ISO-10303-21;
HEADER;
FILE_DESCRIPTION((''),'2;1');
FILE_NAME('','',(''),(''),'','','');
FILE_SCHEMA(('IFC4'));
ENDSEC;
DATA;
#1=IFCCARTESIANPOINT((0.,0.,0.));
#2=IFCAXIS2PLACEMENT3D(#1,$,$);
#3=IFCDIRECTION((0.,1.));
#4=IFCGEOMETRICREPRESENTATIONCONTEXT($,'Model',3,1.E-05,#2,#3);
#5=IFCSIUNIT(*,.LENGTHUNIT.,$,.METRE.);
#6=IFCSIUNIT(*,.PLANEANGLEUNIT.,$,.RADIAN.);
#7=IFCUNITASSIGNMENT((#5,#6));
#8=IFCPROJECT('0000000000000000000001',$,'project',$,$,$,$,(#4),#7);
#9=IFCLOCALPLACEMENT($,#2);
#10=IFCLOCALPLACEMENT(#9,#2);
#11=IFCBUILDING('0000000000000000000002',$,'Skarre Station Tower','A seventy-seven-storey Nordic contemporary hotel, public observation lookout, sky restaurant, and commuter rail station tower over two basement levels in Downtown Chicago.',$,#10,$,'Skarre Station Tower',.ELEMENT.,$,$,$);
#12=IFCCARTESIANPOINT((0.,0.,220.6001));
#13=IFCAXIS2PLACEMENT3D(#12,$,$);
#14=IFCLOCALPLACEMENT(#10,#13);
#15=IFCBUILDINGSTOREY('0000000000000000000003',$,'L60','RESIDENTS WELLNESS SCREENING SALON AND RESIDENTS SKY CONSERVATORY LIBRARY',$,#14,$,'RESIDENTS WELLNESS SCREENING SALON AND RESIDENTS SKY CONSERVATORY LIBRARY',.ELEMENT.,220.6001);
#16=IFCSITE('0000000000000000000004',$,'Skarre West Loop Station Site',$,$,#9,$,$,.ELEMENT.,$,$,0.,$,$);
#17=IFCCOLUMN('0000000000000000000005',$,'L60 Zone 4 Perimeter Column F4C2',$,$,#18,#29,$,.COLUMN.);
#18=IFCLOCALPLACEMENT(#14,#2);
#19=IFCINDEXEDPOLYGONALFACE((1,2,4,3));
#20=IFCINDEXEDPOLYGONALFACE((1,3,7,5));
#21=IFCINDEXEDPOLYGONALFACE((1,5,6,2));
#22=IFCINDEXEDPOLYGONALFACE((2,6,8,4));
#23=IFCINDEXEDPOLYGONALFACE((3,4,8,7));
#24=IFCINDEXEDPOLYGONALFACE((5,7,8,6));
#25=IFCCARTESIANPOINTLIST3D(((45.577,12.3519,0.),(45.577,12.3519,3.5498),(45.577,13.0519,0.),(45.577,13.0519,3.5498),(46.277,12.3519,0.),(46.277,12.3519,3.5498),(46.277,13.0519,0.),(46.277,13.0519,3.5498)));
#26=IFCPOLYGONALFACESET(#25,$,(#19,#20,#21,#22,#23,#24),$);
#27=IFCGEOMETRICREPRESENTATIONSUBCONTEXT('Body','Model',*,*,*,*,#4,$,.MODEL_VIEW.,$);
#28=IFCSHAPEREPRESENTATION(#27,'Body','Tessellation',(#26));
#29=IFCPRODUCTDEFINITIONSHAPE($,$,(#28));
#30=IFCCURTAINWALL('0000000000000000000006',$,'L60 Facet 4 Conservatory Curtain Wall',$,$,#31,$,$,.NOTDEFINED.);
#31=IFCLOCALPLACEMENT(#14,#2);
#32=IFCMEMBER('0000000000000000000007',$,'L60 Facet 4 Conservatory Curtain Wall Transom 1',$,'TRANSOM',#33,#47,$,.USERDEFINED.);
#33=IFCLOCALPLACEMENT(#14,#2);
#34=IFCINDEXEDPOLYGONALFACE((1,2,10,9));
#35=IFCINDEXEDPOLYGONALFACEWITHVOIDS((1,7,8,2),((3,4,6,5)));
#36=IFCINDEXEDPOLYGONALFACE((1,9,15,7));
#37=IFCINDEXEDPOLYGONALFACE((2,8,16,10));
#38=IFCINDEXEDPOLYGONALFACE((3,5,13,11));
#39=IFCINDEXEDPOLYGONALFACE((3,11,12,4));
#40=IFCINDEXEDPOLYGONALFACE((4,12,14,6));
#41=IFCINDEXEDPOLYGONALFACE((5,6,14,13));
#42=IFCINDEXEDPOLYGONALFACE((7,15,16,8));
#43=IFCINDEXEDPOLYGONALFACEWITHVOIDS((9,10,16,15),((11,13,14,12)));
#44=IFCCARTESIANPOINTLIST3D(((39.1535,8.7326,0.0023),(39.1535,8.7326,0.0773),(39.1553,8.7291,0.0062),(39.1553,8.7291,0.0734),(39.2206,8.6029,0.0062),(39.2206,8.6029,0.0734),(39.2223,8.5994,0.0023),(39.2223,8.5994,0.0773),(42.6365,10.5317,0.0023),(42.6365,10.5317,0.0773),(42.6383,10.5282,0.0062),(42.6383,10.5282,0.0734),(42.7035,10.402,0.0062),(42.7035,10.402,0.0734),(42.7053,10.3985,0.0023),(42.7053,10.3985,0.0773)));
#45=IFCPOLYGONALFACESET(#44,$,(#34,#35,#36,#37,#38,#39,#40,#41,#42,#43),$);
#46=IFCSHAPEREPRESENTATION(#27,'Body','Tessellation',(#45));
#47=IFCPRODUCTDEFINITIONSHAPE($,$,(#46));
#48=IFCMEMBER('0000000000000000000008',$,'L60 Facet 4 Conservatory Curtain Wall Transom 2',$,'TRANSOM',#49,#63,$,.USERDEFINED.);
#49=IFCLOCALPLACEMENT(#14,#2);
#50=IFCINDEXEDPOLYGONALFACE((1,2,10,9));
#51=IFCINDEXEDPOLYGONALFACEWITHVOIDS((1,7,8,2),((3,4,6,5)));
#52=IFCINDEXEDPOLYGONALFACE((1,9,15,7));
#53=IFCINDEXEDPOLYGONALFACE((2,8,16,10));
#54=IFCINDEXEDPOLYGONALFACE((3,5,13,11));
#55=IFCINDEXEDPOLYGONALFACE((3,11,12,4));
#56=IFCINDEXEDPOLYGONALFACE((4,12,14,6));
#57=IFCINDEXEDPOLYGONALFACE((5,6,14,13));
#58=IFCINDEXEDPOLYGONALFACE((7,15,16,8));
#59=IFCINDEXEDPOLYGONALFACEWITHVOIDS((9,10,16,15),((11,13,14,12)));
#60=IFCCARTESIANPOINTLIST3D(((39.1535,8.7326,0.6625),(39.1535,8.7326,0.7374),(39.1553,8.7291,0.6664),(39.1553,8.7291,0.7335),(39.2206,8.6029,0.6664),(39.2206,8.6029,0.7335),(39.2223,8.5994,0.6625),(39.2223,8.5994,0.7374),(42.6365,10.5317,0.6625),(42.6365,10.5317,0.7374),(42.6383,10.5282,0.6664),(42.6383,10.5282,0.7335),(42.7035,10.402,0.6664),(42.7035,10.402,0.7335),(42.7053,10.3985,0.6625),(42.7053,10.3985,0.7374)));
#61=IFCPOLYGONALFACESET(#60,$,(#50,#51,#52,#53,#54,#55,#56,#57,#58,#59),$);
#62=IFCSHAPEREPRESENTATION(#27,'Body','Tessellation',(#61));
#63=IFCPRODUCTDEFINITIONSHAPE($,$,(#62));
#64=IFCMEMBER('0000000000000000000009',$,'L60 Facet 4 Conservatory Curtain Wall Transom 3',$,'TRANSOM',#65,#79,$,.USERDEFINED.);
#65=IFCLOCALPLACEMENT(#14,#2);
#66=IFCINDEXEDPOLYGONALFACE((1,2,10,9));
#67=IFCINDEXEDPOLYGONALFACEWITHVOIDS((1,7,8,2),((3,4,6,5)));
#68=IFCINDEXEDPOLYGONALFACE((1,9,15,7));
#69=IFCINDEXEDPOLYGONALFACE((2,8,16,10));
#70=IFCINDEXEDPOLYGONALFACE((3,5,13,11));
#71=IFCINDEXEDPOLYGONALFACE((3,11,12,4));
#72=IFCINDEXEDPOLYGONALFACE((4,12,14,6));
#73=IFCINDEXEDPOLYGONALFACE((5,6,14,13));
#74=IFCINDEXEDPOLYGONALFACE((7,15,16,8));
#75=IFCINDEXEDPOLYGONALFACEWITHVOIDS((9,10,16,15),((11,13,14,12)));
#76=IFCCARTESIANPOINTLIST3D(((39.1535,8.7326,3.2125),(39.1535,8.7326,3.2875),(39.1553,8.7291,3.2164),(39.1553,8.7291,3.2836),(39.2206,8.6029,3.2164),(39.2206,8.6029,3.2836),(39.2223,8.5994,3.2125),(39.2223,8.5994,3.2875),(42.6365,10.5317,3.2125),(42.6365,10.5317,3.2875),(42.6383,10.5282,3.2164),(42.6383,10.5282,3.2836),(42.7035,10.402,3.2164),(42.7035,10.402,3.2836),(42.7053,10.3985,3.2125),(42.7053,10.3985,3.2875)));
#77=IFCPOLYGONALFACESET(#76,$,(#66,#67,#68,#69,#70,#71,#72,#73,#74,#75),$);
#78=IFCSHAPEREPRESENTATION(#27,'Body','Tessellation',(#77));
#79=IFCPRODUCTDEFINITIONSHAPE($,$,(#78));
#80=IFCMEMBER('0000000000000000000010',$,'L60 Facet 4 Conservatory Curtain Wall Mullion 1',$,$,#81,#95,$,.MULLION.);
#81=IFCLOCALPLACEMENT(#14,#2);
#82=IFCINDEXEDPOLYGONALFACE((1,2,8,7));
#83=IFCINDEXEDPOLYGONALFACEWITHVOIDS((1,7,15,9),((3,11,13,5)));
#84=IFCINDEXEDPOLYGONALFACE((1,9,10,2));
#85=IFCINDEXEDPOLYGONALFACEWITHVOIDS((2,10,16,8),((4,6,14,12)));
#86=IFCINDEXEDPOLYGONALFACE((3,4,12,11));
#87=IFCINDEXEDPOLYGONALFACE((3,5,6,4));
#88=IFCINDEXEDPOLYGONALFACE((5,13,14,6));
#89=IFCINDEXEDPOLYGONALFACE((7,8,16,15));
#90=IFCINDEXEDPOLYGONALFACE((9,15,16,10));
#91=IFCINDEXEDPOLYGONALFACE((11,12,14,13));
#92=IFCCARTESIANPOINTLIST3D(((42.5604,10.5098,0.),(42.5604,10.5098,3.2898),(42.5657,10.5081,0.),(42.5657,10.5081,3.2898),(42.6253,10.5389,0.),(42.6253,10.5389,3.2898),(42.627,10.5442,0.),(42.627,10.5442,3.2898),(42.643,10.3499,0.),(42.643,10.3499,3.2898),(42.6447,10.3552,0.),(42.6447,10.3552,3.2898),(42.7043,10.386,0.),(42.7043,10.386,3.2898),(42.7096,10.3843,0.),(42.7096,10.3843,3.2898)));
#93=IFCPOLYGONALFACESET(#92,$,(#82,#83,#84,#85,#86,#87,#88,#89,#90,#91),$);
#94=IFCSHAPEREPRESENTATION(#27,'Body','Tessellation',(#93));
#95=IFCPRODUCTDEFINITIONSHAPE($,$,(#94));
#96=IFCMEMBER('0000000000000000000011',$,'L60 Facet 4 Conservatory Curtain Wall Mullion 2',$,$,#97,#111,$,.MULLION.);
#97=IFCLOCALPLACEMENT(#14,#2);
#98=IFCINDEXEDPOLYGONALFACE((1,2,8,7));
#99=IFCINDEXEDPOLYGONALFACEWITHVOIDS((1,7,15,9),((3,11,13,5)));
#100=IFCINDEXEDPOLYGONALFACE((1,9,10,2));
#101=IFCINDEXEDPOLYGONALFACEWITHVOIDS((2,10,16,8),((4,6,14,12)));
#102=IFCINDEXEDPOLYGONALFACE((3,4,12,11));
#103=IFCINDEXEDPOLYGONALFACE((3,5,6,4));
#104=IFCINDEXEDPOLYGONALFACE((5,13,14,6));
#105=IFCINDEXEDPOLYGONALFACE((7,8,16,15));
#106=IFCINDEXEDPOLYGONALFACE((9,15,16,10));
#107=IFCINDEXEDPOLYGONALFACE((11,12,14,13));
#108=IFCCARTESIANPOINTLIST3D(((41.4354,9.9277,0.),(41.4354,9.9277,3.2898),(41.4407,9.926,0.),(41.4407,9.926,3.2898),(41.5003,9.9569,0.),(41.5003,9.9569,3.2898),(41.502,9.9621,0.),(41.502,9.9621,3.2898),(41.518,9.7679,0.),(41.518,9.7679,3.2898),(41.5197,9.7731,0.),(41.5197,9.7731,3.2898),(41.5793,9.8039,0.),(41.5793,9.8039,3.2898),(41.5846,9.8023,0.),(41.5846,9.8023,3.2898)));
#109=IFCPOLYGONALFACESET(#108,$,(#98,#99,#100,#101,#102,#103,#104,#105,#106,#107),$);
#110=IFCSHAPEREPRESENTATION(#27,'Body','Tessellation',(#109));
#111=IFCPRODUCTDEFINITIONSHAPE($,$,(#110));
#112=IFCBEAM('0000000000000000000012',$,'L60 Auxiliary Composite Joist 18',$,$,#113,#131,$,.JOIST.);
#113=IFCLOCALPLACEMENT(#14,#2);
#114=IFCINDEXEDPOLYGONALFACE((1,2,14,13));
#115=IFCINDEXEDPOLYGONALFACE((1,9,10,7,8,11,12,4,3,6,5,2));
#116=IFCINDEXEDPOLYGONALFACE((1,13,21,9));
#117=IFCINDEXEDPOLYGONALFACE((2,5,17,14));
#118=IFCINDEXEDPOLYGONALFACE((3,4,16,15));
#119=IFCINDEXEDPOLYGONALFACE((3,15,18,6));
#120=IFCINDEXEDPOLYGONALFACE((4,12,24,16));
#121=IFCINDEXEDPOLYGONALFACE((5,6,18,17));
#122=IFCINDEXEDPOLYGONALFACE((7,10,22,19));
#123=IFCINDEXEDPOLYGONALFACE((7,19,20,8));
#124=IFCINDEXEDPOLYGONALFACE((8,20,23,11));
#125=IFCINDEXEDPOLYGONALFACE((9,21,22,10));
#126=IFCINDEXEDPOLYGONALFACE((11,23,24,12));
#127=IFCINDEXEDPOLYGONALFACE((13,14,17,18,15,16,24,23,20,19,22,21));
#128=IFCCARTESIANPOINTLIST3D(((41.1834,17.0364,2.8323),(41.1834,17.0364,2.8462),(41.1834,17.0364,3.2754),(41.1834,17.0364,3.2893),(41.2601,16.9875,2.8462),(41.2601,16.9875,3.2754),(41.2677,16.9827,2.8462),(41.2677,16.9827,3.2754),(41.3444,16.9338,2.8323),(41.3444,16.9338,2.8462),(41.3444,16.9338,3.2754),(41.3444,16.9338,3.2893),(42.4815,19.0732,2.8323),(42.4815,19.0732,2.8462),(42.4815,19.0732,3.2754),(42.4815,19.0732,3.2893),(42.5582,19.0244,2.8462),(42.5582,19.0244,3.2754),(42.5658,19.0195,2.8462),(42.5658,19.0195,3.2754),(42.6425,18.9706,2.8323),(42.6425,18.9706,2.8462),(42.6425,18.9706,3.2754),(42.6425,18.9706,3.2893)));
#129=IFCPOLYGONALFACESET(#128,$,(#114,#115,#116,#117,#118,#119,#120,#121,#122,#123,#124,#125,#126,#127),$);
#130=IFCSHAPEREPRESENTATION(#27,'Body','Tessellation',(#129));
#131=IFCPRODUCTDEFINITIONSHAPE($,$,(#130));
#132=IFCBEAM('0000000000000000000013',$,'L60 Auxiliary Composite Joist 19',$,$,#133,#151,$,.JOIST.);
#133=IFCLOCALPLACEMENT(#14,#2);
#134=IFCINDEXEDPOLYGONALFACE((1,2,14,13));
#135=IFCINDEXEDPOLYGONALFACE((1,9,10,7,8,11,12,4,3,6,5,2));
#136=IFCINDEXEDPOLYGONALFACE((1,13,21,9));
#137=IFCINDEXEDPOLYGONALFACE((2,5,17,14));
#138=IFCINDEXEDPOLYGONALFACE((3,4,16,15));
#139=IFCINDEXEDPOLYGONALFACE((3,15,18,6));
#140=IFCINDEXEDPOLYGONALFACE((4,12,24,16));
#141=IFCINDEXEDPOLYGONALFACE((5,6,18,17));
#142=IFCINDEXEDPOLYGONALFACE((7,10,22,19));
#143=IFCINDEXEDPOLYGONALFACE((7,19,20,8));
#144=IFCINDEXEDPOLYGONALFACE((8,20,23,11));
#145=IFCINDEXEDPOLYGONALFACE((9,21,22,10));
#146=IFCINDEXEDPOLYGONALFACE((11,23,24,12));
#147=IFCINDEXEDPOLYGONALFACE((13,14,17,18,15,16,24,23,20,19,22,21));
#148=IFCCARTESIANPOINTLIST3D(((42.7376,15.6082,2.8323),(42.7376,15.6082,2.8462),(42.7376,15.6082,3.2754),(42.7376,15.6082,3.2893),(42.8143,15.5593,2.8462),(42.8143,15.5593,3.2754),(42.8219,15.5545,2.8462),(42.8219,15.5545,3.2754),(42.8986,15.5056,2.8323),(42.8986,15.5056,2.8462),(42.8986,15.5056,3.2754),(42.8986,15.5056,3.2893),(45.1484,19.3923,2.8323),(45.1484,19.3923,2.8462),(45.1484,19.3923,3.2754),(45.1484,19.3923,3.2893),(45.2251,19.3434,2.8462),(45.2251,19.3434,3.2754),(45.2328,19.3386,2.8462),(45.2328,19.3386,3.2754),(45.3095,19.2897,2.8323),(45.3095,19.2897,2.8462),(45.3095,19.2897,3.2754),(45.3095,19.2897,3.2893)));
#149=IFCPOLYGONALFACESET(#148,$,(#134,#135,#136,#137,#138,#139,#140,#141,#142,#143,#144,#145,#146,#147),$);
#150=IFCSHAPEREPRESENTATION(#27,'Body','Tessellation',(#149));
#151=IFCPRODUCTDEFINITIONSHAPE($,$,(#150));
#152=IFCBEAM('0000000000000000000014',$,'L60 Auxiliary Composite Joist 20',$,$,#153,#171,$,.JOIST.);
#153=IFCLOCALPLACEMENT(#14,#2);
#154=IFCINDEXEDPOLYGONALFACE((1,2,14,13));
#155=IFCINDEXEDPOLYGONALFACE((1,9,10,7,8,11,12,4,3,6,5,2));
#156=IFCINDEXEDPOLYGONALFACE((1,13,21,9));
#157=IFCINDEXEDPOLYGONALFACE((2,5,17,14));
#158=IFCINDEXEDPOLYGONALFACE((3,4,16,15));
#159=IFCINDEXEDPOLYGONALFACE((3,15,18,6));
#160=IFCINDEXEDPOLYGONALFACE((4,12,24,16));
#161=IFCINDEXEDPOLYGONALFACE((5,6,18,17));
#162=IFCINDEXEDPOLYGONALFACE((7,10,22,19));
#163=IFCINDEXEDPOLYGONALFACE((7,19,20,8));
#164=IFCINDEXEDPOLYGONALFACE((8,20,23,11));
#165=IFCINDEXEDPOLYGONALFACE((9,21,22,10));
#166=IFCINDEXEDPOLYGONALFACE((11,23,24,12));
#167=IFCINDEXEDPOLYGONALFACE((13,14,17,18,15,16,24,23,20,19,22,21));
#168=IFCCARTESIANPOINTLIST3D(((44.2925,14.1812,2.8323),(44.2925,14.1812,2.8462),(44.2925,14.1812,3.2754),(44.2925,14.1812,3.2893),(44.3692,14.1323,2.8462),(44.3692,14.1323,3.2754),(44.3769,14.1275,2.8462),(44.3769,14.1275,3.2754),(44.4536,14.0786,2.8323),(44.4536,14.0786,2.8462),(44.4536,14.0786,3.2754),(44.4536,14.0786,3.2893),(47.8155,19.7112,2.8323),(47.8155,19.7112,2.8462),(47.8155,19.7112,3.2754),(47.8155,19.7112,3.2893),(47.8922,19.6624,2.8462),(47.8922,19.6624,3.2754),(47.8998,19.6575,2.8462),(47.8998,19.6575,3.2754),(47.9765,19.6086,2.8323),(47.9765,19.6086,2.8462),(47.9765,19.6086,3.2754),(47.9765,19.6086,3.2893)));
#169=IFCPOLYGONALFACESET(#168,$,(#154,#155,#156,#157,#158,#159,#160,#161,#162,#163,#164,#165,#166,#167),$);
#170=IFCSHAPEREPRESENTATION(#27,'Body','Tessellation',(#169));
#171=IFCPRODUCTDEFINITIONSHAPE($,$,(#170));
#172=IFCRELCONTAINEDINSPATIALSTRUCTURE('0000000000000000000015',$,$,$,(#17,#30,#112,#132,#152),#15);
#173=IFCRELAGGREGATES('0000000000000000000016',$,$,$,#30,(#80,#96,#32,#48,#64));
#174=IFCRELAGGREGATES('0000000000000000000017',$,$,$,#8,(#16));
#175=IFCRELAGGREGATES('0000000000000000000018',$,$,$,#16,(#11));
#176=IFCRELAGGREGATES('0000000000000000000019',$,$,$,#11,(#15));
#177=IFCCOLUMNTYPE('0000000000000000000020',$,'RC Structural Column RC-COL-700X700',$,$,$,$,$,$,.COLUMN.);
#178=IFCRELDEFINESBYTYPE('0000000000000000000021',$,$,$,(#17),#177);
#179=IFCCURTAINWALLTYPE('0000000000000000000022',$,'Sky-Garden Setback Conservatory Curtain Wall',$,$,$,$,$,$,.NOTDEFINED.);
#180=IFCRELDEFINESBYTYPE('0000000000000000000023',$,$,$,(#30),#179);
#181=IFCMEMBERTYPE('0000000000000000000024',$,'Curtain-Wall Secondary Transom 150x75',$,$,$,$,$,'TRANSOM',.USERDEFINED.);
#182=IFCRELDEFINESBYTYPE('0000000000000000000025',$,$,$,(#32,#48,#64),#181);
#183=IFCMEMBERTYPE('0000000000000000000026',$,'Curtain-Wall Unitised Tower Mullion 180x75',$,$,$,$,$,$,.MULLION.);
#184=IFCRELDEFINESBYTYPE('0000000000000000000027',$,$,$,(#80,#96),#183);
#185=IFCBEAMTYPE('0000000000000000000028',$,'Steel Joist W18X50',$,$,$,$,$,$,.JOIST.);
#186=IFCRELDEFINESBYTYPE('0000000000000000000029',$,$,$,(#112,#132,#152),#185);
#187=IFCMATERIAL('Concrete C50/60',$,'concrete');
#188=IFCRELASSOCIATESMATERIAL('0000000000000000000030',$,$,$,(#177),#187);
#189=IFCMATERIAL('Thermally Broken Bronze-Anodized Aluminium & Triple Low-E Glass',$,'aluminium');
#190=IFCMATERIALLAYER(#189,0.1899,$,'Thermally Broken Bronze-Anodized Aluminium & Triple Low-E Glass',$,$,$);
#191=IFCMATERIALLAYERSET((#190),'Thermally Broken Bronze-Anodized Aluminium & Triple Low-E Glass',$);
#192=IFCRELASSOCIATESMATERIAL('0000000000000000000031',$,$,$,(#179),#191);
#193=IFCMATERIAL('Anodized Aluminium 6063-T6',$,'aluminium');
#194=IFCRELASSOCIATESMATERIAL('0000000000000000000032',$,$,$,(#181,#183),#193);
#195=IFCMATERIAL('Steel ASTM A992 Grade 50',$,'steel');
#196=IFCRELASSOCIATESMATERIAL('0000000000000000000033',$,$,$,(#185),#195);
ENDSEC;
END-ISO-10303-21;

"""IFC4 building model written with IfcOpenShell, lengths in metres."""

from ifc_helpers import new_model, si_unit, direction, frame, origin, origin_2d, place, context, subcontext, project, spatial, rectangle, hollow_rectangle, i_section, extrude, material, layer, layer_set, material_profile, profile_set, type_object, element, aggregate, save


model = new_model("IFC4")

# Units and contexts
model_context = context("Model", 3, precision=1e-05, world=origin(), true_north=direction((0.0, 1.0)))
body_context = subcontext(model_context, "Body", "Model", "MODEL_VIEW")
ifc_project = project(units=[si_unit("LENGTHUNIT", "METRE"), si_unit("PLANEANGLEUNIT", "RADIAN")], contexts=[model_context])

# Site, building, storey
site_placement = place(None, origin())
site = spatial("IfcSite", under=ifc_project, at=site_placement, Name="Skarre West Loop Station Site", CompositionType="ELEMENT", RefElevation=0.0)
building_placement = place(site_placement, origin())
building = spatial("IfcBuilding", under=site, at=building_placement, Name="Skarre Station Tower", Description="A seventy-seven-storey Nordic contemporary hotel, public observation lookout, sky restaurant, and commuter rail station tower over two basement levels in Downtown Chicago.", LongName="Skarre Station Tower", CompositionType="ELEMENT")
storey_placement = place(building_placement, frame((0.0, 0.0, 220.6001)))
storey = spatial("IfcBuildingStorey", under=building, at=storey_placement, Name="L60", Description="RESIDENTS WELLNESS SCREENING SALON AND RESIDENTS SKY CONSERVATORY LIBRARY", LongName="RESIDENTS WELLNESS SCREENING SALON AND RESIDENTS SKY CONSERVATORY LIBRARY", CompositionType="ELEMENT", Elevation=220.6001)

# Column
ifc_material_1 = material(Name="Concrete C50/60", Category="concrete")
ifc_material_profile_1 = material_profile(ifc_material_1, rectangle(XDim=0.7, YDim=0.7, at=origin_2d()), Name="Concrete C50/60")
ifc_profile_set_1 = profile_set([ifc_material_profile_1], Name="Concrete C50/60")
column_type = type_object("IfcColumnType", Name="RC Structural Column RC-COL-700X700", PredefinedType="COLUMN", material=ifc_profile_set_1)
column_placement = place(storey_placement, frame((45.927, 12.7019, 0.0), z_axis=(0.0, 0.0, 1.0), x_axis=(1.0, 0.0, 0.0)))
element("IfcColumn", 1, at=column_placement, inside=storey, type_object=column_type, Name="L60 Zone 4 Perimeter Column F4C2", PredefinedType="COLUMN", context=body_context, shape_type="SweptSolid", body=[
    extrude(rectangle(XDim=0.7, YDim=0.7, at=origin_2d()), origin(), (0.0, 0.0, 1.0), 3.5498),
])

# Curtain wall, members
ifc_material_2 = material(Name="Thermally Broken Bronze-Anodized Aluminium & Triple Low-E Glass", Category="aluminium")
ifc_layer_1 = layer(ifc_material_2, 0.1899, Name="Thermally Broken Bronze-Anodized Aluminium & Triple Low-E Glass")
ifc_layer_set_1 = layer_set([ifc_layer_1], Name="Thermally Broken Bronze-Anodized Aluminium & Triple Low-E Glass")
curtain_wall_type = type_object("IfcCurtainWallType", Name="Sky-Garden Setback Conservatory Curtain Wall", PredefinedType="NOTDEFINED", material=ifc_layer_set_1)
curtain_wall_placement = place(storey_placement, origin())
curtain_wall = element("IfcCurtainWall", 2, at=curtain_wall_placement, inside=storey, type_object=curtain_wall_type, Name="L60 Facet 4 Conservatory Curtain Wall", PredefinedType="NOTDEFINED")
ifc_material_3 = material(Name="Anodized Aluminium 6063-T6", Category="aluminium")
ifc_material_profile_2 = material_profile(ifc_material_3, hollow_rectangle(XDim=0.075, YDim=0.1499, WallThickness=0.0039, at=origin_2d()), Name="Anodized Aluminium 6063-T6")
ifc_profile_set_2 = profile_set([ifc_material_profile_2], Name="Anodized Aluminium 6063-T6")
member_type_1 = type_object("IfcMemberType", Name="Curtain-Wall Secondary Transom 150x75", ElementType="TRANSOM", PredefinedType="USERDEFINED", material=ifc_profile_set_2)
member_1_placement = place(storey_placement, frame((42.6709, 10.4651, 0.0398), z_axis=(-0.888471, -0.458933, 0.0), x_axis=(0.0, 0.0, 1.0)))
member_1 = element("IfcMember", 3, at=member_1_placement, type_object=member_type_1, Name="L60 Facet 4 Conservatory Curtain Wall Transom 1", ObjectType="TRANSOM", PredefinedType="USERDEFINED", context=body_context, shape_type="SweptSolid", body=[
    extrude(hollow_rectangle(XDim=0.075, YDim=0.1499, WallThickness=0.0039, at=origin_2d()), origin(), (0.0, 0.0, 1.0), 3.9202),
])
member_2_placement = place(storey_placement, frame((42.6709, 10.4651, 0.7), z_axis=(-0.888471, -0.458933, 0.0), x_axis=(0.0, 0.0, 1.0)))
member_2 = element("IfcMember", 4, at=member_2_placement, type_object=member_type_1, Name="L60 Facet 4 Conservatory Curtain Wall Transom 2", ObjectType="TRANSOM", PredefinedType="USERDEFINED", context=body_context, shape_type="SweptSolid", body=[
    extrude(hollow_rectangle(XDim=0.075, YDim=0.1499, WallThickness=0.0039, at=origin_2d()), origin(), (0.0, 0.0, 1.0), 3.9202),
])
member_3_placement = place(storey_placement, frame((42.6709, 10.4651, 3.25), z_axis=(-0.888471, -0.458933, 0.0), x_axis=(0.0, 0.0, 1.0)))
member_3 = element("IfcMember", 5, at=member_3_placement, type_object=member_type_1, Name="L60 Facet 4 Conservatory Curtain Wall Transom 3", ObjectType="TRANSOM", PredefinedType="USERDEFINED", context=body_context, shape_type="SweptSolid", body=[
    extrude(hollow_rectangle(XDim=0.075, YDim=0.1499, WallThickness=0.0039, at=origin_2d()), origin(), (0.0, 0.0, 1.0), 3.9202),
])
ifc_material_profile_3 = material_profile(ifc_material_3, hollow_rectangle(XDim=0.075, YDim=0.1799, WallThickness=0.0039, at=origin_2d()), Name="Anodized Aluminium 6063-T6")
ifc_profile_set_3 = profile_set([ifc_material_profile_3], Name="Anodized Aluminium 6063-T6")
member_type_2 = type_object("IfcMemberType", Name="Curtain-Wall Unitised Tower Mullion 180x75", PredefinedType="MULLION", material=ifc_profile_set_3)
member_4_placement = place(storey_placement, frame((42.635, 10.447, 0.0), z_axis=(0.0, 0.0, 1.0), x_axis=(-0.888481, -0.458913, 0.0)))
member_4 = element("IfcMember", 6, at=member_4_placement, type_object=member_type_2, Name="L60 Facet 4 Conservatory Curtain Wall Mullion 1", PredefinedType="MULLION", context=body_context, shape_type="SweptSolid", body=[
    extrude(hollow_rectangle(XDim=0.075, YDim=0.1799, WallThickness=0.0039, at=origin_2d()), origin(), (0.0, 0.0, 1.0), 3.2898),
])
member_5_placement = place(storey_placement, frame((41.51, 9.865, 0.0), z_axis=(0.0, 0.0, 1.0), x_axis=(-0.888481, -0.458913, 0.0)))
member_5 = element("IfcMember", 7, at=member_5_placement, type_object=member_type_2, Name="L60 Facet 4 Conservatory Curtain Wall Mullion 2", PredefinedType="MULLION", context=body_context, shape_type="SweptSolid", body=[
    extrude(hollow_rectangle(XDim=0.075, YDim=0.1799, WallThickness=0.0039, at=origin_2d()), origin(), (0.0, 0.0, 1.0), 3.2898),
])

# Beams
ifc_material_4 = material(Name="Steel ASTM A992 Grade 50", Category="steel")
ifc_material_profile_4 = material_profile(ifc_material_4, i_section(OverallWidth=0.1909, OverallDepth=0.457, WebThickness=0.009, FlangeThickness=0.0139, at=origin_2d()), Name="Steel ASTM A992 Grade 50")
ifc_profile_set_4 = profile_set([ifc_material_profile_4], Name="Steel ASTM A992 Grade 50")
beam_type_1 = type_object("IfcBeamType", Name="Steel Joist W18X50", PredefinedType="JOIST", material=ifc_profile_set_4)
beam_1_placement = place(storey_placement, frame((41.2639, 16.9851, 3.0608), z_axis=(0.537438, 0.843303, 0.0), x_axis=(-0.843303, 0.537438, 0.0)))
element("IfcBeam", 8, at=beam_1_placement, inside=storey, type_object=beam_type_1, Name="L60 Auxiliary Composite Joist 18", PredefinedType="JOIST", context=body_context, shape_type="SweptSolid", body=[
    extrude(i_section(OverallWidth=0.1909, OverallDepth=0.457, WebThickness=0.009, FlangeThickness=0.0139, at=origin_2d()), origin(), (0.0, 0.0, 1.0), 2.4153),
])
beam_2_placement = place(storey_placement, frame((42.8181, 15.5569, 3.0608), z_axis=(0.537316, 0.843381, 0.0), x_axis=(-0.843381, 0.537316, 0.0)))
element("IfcBeam", 9, at=beam_2_placement, inside=storey, type_object=beam_type_1, Name="L60 Auxiliary Composite Joist 19", PredefinedType="JOIST", context=body_context, shape_type="SweptSolid", body=[
    extrude(i_section(OverallWidth=0.1909, OverallDepth=0.457, WebThickness=0.009, FlangeThickness=0.0139, at=origin_2d()), origin(), (0.0, 0.0, 1.0), 4.4868),
])
beam_3_placement = place(storey_placement, frame((44.373, 14.1299, 3.0608), z_axis=(0.537292, 0.843396, 0.0), x_axis=(-0.843396, 0.537292, 0.0)))
element("IfcBeam", 10, at=beam_3_placement, inside=storey, type_object=beam_type_1, Name="L60 Auxiliary Composite Joist 20", PredefinedType="JOIST", context=body_context, shape_type="SweptSolid", body=[
    extrude(i_section(OverallWidth=0.1909, OverallDepth=0.457, WebThickness=0.009, FlangeThickness=0.0139, at=origin_2d()), origin(), (0.0, 0.0, 1.0), 6.5569),
])

aggregate(curtain_wall, [member_4, member_5, member_1, member_2, member_3])

save(model, "model.ifc")
